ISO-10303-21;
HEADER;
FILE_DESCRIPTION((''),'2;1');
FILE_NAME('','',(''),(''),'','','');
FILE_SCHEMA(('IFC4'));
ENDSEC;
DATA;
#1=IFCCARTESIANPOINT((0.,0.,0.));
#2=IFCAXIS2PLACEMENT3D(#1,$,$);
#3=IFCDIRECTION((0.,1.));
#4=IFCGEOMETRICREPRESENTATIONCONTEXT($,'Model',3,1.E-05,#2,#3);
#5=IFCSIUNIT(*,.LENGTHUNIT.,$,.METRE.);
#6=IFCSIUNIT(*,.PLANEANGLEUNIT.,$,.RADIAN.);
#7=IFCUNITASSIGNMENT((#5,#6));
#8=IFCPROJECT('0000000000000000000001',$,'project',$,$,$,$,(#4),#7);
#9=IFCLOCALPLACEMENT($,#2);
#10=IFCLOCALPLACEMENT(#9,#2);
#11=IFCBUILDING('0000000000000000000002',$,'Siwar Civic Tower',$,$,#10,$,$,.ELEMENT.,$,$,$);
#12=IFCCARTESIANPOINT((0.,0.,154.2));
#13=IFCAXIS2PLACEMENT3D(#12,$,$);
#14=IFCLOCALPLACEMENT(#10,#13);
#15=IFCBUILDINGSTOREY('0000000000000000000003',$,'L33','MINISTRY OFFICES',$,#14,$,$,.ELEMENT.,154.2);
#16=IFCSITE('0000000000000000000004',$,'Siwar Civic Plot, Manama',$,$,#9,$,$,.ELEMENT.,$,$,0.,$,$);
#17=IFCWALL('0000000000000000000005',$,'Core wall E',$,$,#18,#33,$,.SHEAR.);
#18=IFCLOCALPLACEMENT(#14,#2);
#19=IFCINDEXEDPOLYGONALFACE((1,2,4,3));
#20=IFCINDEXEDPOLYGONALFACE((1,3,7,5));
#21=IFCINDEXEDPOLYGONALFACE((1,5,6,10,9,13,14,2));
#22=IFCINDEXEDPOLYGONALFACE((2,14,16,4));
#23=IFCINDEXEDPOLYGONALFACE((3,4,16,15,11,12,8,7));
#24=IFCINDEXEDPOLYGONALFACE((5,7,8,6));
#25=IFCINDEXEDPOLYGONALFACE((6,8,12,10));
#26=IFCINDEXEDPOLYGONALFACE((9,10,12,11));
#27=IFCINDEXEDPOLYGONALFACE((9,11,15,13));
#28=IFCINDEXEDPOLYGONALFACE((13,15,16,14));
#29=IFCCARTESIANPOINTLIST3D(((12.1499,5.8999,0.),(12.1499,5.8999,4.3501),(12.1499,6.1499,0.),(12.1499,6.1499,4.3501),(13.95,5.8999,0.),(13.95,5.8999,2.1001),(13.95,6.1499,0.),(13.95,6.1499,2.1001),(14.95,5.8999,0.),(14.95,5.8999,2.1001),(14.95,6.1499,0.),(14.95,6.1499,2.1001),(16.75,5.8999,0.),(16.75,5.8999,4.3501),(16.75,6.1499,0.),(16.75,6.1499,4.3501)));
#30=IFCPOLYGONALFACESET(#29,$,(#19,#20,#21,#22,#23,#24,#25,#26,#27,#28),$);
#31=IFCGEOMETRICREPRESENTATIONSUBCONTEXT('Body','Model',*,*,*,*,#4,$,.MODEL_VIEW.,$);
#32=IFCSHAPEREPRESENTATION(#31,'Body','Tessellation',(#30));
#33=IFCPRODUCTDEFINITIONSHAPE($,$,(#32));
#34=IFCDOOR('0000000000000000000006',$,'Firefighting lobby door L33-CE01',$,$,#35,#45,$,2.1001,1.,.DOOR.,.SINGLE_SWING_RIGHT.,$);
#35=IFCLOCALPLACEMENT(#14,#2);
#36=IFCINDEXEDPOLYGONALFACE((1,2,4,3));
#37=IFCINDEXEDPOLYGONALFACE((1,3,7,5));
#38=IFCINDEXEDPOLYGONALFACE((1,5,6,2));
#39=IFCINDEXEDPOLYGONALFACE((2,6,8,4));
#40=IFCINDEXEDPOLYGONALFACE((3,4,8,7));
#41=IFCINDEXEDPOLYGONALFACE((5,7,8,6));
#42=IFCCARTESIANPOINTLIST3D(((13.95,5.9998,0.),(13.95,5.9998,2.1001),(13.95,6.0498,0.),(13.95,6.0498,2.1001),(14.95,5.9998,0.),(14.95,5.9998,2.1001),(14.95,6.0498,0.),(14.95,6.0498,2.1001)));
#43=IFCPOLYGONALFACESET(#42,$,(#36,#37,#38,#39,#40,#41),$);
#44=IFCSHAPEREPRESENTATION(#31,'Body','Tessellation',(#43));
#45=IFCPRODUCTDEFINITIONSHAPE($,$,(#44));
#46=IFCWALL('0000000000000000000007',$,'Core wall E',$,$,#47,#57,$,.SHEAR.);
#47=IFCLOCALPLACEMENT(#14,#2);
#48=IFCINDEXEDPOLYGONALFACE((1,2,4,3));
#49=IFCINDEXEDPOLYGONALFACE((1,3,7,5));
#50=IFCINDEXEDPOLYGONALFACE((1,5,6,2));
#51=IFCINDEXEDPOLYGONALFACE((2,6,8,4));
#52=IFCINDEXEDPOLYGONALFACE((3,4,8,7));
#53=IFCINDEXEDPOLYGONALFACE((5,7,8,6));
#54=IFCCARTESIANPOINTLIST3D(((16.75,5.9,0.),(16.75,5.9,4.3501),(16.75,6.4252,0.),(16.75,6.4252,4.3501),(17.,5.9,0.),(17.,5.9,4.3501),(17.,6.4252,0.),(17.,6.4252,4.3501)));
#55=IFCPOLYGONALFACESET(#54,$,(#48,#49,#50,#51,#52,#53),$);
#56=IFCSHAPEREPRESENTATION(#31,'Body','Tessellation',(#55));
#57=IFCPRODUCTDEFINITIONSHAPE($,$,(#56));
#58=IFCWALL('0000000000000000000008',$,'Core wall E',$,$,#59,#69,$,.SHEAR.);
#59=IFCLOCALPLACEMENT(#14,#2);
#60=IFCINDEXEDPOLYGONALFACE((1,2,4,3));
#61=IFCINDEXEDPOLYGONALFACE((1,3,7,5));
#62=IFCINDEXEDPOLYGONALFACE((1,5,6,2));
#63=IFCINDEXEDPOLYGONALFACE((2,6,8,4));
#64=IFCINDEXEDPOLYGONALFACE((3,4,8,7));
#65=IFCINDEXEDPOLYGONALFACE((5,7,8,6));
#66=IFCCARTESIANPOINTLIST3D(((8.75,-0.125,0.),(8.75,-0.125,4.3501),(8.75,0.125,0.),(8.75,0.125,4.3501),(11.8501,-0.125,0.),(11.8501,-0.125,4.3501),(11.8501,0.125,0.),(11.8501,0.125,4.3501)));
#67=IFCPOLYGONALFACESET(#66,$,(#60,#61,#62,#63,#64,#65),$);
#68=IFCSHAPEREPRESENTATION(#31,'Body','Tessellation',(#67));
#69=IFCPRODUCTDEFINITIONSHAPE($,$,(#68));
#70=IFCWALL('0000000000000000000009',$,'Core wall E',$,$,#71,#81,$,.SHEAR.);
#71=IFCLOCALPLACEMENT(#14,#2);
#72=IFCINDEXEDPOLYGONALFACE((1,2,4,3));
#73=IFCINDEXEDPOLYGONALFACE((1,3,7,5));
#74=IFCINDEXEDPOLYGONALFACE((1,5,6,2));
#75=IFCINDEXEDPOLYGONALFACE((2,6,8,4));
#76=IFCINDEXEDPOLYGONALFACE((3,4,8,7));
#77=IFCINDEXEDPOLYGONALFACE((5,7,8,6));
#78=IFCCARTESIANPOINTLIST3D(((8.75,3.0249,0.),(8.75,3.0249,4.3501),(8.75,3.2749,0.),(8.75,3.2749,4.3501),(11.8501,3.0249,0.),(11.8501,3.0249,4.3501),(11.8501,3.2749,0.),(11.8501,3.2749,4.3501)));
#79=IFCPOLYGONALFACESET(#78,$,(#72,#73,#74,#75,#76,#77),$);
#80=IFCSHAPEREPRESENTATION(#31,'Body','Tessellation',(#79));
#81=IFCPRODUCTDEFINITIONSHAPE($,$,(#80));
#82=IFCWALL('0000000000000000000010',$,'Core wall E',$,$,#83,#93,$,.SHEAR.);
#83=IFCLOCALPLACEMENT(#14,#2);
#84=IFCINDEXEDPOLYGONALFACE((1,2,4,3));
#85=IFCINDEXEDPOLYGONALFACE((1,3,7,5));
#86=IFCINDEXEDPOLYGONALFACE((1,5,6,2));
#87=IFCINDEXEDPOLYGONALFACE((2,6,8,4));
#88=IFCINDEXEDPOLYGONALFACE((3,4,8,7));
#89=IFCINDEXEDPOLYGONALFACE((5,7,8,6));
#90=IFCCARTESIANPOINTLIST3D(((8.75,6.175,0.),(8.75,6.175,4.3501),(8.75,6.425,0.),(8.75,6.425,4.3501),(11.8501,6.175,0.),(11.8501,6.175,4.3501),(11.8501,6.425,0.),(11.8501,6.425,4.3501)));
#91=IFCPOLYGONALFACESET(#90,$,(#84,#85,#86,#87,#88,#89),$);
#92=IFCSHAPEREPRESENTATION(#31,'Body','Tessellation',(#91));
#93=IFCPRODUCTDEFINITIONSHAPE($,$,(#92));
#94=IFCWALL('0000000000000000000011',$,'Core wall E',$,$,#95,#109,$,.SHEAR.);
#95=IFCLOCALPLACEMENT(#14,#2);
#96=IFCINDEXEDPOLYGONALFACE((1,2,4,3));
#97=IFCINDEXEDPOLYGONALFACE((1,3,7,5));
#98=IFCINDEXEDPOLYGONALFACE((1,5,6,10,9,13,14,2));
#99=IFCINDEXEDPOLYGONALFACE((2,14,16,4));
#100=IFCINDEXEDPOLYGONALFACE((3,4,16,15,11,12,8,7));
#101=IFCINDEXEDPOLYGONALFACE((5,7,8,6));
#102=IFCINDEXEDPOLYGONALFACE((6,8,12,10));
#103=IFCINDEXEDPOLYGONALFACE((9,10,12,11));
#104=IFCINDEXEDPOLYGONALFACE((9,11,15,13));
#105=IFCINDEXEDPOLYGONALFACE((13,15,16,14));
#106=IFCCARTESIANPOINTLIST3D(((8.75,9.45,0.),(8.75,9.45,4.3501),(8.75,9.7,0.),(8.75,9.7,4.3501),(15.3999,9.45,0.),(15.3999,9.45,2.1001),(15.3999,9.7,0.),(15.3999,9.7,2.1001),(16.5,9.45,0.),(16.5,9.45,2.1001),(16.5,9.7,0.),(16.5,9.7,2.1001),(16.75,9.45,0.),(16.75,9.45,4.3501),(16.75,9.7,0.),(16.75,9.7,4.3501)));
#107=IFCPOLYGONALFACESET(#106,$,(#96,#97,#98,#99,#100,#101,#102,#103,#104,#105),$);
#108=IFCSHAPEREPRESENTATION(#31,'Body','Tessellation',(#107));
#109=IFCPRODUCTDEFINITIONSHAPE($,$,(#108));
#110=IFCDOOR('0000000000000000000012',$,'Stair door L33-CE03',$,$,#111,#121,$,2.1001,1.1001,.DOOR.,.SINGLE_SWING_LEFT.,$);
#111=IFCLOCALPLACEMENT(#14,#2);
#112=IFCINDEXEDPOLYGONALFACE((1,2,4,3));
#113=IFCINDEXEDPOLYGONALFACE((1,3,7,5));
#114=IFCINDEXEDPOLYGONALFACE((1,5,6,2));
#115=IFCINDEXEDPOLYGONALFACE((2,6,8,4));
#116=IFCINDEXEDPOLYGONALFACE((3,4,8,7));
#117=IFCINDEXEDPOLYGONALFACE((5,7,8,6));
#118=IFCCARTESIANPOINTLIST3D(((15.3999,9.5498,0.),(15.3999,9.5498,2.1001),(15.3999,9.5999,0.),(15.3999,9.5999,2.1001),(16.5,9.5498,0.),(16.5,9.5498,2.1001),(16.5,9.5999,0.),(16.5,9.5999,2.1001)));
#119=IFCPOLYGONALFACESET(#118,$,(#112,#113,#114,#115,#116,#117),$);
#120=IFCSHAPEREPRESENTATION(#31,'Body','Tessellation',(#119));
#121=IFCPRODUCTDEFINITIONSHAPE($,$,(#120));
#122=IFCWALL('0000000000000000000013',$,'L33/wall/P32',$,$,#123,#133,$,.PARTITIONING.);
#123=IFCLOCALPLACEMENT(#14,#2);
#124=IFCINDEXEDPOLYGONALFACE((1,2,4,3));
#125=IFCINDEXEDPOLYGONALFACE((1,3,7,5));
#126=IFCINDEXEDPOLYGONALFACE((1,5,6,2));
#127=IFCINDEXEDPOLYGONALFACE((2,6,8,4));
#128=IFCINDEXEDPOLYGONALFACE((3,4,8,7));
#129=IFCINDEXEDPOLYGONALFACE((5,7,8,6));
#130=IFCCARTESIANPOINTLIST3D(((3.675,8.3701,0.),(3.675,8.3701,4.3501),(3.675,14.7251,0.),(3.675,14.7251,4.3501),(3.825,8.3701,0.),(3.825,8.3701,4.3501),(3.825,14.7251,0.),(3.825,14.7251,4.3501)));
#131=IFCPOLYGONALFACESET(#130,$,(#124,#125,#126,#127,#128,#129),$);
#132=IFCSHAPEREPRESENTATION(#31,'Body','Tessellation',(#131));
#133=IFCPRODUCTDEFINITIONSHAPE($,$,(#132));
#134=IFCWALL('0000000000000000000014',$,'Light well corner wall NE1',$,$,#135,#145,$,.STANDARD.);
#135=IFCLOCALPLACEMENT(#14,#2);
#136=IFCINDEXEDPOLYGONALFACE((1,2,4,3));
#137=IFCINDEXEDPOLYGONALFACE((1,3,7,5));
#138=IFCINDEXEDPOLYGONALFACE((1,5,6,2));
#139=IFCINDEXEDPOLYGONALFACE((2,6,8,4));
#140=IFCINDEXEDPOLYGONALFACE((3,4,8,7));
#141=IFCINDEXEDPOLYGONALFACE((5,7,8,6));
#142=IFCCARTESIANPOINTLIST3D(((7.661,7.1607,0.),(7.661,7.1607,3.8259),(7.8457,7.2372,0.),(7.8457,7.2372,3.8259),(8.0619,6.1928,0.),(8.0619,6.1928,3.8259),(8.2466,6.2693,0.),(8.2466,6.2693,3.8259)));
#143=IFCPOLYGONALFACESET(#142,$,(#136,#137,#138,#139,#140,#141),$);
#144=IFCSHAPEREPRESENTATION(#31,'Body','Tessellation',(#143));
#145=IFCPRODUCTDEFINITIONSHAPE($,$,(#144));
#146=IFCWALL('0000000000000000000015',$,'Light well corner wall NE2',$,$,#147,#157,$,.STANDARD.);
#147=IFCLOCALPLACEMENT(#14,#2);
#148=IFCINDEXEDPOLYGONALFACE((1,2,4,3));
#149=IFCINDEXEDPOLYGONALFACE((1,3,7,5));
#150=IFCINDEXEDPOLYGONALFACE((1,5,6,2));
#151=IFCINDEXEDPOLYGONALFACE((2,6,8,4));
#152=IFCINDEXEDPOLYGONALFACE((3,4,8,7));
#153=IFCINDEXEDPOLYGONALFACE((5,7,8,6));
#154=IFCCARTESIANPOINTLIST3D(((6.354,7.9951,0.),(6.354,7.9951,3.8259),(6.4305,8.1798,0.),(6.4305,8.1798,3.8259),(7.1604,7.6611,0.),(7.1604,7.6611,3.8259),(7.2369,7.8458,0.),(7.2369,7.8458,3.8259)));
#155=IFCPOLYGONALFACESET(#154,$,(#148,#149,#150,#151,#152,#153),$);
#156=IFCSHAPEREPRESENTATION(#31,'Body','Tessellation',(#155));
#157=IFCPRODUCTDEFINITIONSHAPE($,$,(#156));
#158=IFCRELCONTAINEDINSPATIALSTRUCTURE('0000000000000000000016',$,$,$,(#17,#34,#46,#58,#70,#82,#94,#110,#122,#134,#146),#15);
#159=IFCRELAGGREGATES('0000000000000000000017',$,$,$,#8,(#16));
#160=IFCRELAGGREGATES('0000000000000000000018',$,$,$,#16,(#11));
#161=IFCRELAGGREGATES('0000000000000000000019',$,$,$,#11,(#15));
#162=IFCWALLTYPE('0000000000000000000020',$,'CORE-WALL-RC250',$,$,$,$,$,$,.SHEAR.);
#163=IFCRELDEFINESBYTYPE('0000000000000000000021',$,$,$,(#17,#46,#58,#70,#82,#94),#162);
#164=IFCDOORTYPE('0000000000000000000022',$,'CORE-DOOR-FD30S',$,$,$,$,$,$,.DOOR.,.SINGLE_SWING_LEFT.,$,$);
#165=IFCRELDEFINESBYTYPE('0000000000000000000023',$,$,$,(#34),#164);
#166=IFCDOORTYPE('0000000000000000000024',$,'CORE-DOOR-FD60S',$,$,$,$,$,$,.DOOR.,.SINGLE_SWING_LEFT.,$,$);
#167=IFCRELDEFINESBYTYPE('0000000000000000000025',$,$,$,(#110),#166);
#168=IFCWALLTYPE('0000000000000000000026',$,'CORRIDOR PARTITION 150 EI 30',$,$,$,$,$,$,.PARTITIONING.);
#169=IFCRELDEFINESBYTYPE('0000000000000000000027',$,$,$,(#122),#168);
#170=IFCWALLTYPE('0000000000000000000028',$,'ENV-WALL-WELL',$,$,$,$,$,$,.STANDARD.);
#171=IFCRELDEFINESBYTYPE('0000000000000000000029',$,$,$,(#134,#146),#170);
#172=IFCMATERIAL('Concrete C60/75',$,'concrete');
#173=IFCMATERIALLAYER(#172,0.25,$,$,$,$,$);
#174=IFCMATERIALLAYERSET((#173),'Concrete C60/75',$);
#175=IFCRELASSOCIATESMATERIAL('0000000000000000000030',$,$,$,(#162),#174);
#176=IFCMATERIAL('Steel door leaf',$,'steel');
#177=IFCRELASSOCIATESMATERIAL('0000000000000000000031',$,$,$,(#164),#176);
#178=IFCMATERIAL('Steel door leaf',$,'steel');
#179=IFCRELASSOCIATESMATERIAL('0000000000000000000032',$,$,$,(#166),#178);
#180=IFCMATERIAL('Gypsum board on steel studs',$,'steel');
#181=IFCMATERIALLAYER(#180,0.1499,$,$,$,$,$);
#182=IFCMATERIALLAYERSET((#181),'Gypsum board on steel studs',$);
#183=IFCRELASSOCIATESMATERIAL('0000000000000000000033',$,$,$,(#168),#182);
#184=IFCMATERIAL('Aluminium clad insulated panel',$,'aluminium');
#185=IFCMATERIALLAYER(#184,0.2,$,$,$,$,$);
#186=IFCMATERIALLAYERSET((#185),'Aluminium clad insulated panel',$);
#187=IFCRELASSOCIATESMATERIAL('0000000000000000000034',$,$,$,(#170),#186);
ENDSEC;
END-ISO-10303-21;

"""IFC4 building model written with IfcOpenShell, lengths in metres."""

from ifc_helpers import new_model, si_unit, direction, frame, frame_2d, origin, place, context, subcontext, project, spatial, rectangle, extrude, material, layer, layer_set, type_object, element, fill, save


model = new_model("IFC4")

# Units and contexts
model_context = context("Model", 3, precision=1e-05, world=origin(), true_north=direction((0.0, 1.0)))
body_context = subcontext(model_context, "Body", "Model", "MODEL_VIEW")
ifc_project = project(units=[si_unit("LENGTHUNIT", "METRE"), si_unit("PLANEANGLEUNIT", "RADIAN")], contexts=[model_context])

# Site, building, storey
site_placement = place(None, origin())
site = spatial("IfcSite", under=ifc_project, at=site_placement, Name="Siwar Civic Plot, Manama", CompositionType="ELEMENT", RefElevation=0.0)
building_placement = place(site_placement, origin())
building = spatial("IfcBuilding", under=site, at=building_placement, Name="Siwar Civic Tower", CompositionType="ELEMENT")
storey_placement = place(building_placement, frame((0.0, 0.0, 154.2)))
storey = spatial("IfcBuildingStorey", under=building, at=storey_placement, Name="L33", Description="MINISTRY OFFICES", CompositionType="ELEMENT", Elevation=154.2)

# Wall, opening, door
ifc_material_1 = material(Name="Concrete C60/75", Category="concrete")
ifc_layer_1 = layer(ifc_material_1, 0.25)
ifc_layer_set_1 = layer_set([ifc_layer_1], Name="Concrete C60/75")
wall_type_1 = type_object("IfcWallType", Name="CORE-WALL-RC250", PredefinedType="SHEAR", material=ifc_layer_set_1)
wall_1_placement = place(storey_placement, frame((12.1499, 6.0249, 0.0), z_axis=(0.0, 0.0, 1.0), x_axis=(1.0, 0.0, 0.0)))
wall_1 = element("IfcWall", 1, at=wall_1_placement, inside=storey, type_object=wall_type_1, Name="Core wall E", PredefinedType="SHEAR", context=body_context, shape_type="SweptSolid", body=[
    extrude(rectangle(XDim=4.6001, YDim=0.25, at=frame_2d((2.3, 0.0))), origin(), (0.0, 0.0, 1.0), 4.3501),
])
opening_1_placement = place(wall_1_placement, frame((1.8, 0.0, 0.0)))
opening_1 = element("IfcOpeningElement", 2, at=opening_1_placement, cuts=wall_1, PredefinedType="OPENING", context=body_context, shape_type="SweptSolid", body=[
    extrude(rectangle(XDim=1.0, YDim=2.1001, at=frame_2d((0.5, 1.05))), frame((0.0, 0.135, 0.0), z_axis=(0.0, -1.0, 0.0), x_axis=(1.0, 0.0, 0.0)), (0.0, 0.0, 1.0), 0.27),
])
ifc_material_2 = material(Name="Steel door leaf", Category="steel")
door_type_1 = type_object("IfcDoorType", Name="CORE-DOOR-FD30S", OperationType="SINGLE_SWING_LEFT", PredefinedType="DOOR", material=ifc_material_2)
door_1_placement = place(opening_1_placement, origin())
door_1 = element("IfcDoor", 3, at=door_1_placement, inside=storey, type_object=door_type_1, Name="Firefighting lobby door L33-CE01", OperationType="SINGLE_SWING_RIGHT", OverallHeight=2.1001, OverallWidth=1.0, PredefinedType="DOOR", context=body_context, shape_type="SweptSolid", body=[
    extrude(rectangle(XDim=1.0, YDim=2.1001, at=frame_2d((0.5, 1.05))), frame((0.0, 0.0249, 0.0), z_axis=(0.0, -1.0, 0.0), x_axis=(1.0, 0.0, 0.0)), (0.0, 0.0, 1.0), 0.05),
])
fill(opening_1, door_1)

# Walls
wall_2_placement = place(storey_placement, frame((16.875, 5.8999, 0.0), z_axis=(0.0, 0.0, 1.0), x_axis=(0.0, 1.0, 0.0)))
element("IfcWall", 4, at=wall_2_placement, inside=storey, type_object=wall_type_1, Name="Core wall E", PredefinedType="SHEAR", context=body_context, shape_type="SweptSolid", body=[
    extrude(rectangle(XDim=0.5251, YDim=0.25, at=frame_2d((0.2627, 0.0))), origin(), (0.0, 0.0, 1.0), 4.3501),
])
for number, where, z_axis, x_axis, name in (
    (5, (8.75, 0.0, 0.0), (0.0, 0.0, 1.0), (1.0, 0.0, 0.0), "Core wall E"),
    (6, (8.75, 3.1499, 0.0), (0.0, 0.0, 1.0), (1.0, 0.0, 0.0), "Core wall E"),
    (7, (8.75, 6.3, 0.0), (0.0, 0.0, 1.0), (1.0, 0.0, 0.0), "Core wall E"),
):
    element("IfcWall", number, at=place(storey_placement, frame(where, z_axis=z_axis, x_axis=x_axis)), inside=storey, type_object=wall_type_1, Name=name, PredefinedType="SHEAR", context=body_context, shape_type="SweptSolid", body=[
        extrude(rectangle(XDim=3.1001, YDim=0.25, at=frame_2d((1.55, 0.0))), origin(), (0.0, 0.0, 1.0), 4.3501),
    ])

# Wall, opening, door
wall_3_placement = place(storey_placement, frame((8.75, 9.575, 0.0), z_axis=(0.0, 0.0, 1.0), x_axis=(1.0, 0.0, 0.0)))
wall_3 = element("IfcWall", 8, at=wall_3_placement, inside=storey, type_object=wall_type_1, Name="Core wall E", PredefinedType="SHEAR", context=body_context, shape_type="SweptSolid", body=[
    extrude(rectangle(XDim=8.0, YDim=0.25, at=frame_2d((4.0, 0.0))), origin(), (0.0, 0.0, 1.0), 4.3501),
])
opening_2_placement = place(wall_3_placement, frame((6.6499, 0.0, 0.0)))
opening_2 = element("IfcOpeningElement", 9, at=opening_2_placement, cuts=wall_3, PredefinedType="OPENING", context=body_context, shape_type="SweptSolid", body=[
    extrude(rectangle(XDim=1.1001, YDim=2.1001, at=frame_2d((0.55, 1.05))), frame((0.0, 0.135, 0.0), z_axis=(0.0, -1.0, 0.0), x_axis=(1.0, 0.0, 0.0)), (0.0, 0.0, 1.0), 0.27),
])
ifc_material_3 = material(Name="Steel door leaf", Category="steel")
door_type_2 = type_object("IfcDoorType", Name="CORE-DOOR-FD60S", OperationType="SINGLE_SWING_LEFT", PredefinedType="DOOR", material=ifc_material_3)
door_2_placement = place(opening_2_placement, origin())
door_2 = element("IfcDoor", 10, at=door_2_placement, inside=storey, type_object=door_type_2, Name="Stair door L33-CE03", OperationType="SINGLE_SWING_LEFT", OverallHeight=2.1001, OverallWidth=1.1001, PredefinedType="DOOR", context=body_context, shape_type="SweptSolid", body=[
    extrude(rectangle(XDim=1.1001, YDim=2.1001, at=frame_2d((0.55, 1.05))), frame((0.0, 0.0249, 0.0), z_axis=(0.0, -1.0, 0.0), x_axis=(1.0, 0.0, 0.0)), (0.0, 0.0, 1.0), 0.05),
])
fill(opening_2, door_2)

# Walls
ifc_material_4 = material(Name="Gypsum board on steel studs", Category="steel")
ifc_layer_2 = layer(ifc_material_4, 0.1499)
ifc_layer_set_2 = layer_set([ifc_layer_2], Name="Gypsum board on steel studs")
wall_type_2 = type_object("IfcWallType", Name="CORRIDOR PARTITION 150 EI 30", PredefinedType="PARTITIONING", material=ifc_layer_set_2)
wall_4_placement = place(storey_placement, frame((3.75, 8.3701, 0.0), z_axis=(0.0, 0.0, 1.0), x_axis=(0.0, 1.0, 0.0)))
element("IfcWall", 11, at=wall_4_placement, inside=storey, type_object=wall_type_2, Name="L33/wall/P32", PredefinedType="PARTITIONING", context=body_context, shape_type="SweptSolid", body=[
    extrude(rectangle(XDim=6.355, YDim=0.1499, at=frame_2d((3.1775, 0.0))), origin(), (0.0, 0.0, 1.0), 4.3501),
])
ifc_material_5 = material(Name="Aluminium clad insulated panel", Category="aluminium")
ifc_layer_3 = layer(ifc_material_5, 0.2)
ifc_layer_set_3 = layer_set([ifc_layer_3], Name="Aluminium clad insulated panel")
wall_type_3 = type_object("IfcWallType", Name="ENV-WALL-WELL", PredefinedType="STANDARD", material=ifc_layer_set_3)
wall_5_placement = place(storey_placement, frame((8.1543, 6.231, 0.0), z_axis=(0.0, 0.0, 1.0), x_axis=(-0.382695, 0.923875, 0.0)))
element("IfcWall", 12, at=wall_5_placement, inside=storey, type_object=wall_type_3, Name="Light well corner wall NE1", PredefinedType="STANDARD", context=body_context, shape_type="SweptSolid", body=[
    extrude(rectangle(XDim=1.0476, YDim=0.2, at=frame_2d((0.5239, 0.0))), origin(), (0.0, 0.0, 1.0), 3.8259),
])
wall_6_placement = place(storey_placement, frame((7.1987, 7.7534, 0.0), z_axis=(0.0, 0.0, 1.0), x_axis=(-0.923894, 0.382648, 0.0)))
element("IfcWall", 13, at=wall_6_placement, inside=storey, type_object=wall_type_3, Name="Light well corner wall NE2", PredefinedType="STANDARD", context=body_context, shape_type="SweptSolid", body=[
    extrude(rectangle(XDim=0.8728, YDim=0.2, at=frame_2d((0.4365, 0.0))), origin(), (0.0, 0.0, 1.0), 3.8259),
])

save(model, "model.ifc")
